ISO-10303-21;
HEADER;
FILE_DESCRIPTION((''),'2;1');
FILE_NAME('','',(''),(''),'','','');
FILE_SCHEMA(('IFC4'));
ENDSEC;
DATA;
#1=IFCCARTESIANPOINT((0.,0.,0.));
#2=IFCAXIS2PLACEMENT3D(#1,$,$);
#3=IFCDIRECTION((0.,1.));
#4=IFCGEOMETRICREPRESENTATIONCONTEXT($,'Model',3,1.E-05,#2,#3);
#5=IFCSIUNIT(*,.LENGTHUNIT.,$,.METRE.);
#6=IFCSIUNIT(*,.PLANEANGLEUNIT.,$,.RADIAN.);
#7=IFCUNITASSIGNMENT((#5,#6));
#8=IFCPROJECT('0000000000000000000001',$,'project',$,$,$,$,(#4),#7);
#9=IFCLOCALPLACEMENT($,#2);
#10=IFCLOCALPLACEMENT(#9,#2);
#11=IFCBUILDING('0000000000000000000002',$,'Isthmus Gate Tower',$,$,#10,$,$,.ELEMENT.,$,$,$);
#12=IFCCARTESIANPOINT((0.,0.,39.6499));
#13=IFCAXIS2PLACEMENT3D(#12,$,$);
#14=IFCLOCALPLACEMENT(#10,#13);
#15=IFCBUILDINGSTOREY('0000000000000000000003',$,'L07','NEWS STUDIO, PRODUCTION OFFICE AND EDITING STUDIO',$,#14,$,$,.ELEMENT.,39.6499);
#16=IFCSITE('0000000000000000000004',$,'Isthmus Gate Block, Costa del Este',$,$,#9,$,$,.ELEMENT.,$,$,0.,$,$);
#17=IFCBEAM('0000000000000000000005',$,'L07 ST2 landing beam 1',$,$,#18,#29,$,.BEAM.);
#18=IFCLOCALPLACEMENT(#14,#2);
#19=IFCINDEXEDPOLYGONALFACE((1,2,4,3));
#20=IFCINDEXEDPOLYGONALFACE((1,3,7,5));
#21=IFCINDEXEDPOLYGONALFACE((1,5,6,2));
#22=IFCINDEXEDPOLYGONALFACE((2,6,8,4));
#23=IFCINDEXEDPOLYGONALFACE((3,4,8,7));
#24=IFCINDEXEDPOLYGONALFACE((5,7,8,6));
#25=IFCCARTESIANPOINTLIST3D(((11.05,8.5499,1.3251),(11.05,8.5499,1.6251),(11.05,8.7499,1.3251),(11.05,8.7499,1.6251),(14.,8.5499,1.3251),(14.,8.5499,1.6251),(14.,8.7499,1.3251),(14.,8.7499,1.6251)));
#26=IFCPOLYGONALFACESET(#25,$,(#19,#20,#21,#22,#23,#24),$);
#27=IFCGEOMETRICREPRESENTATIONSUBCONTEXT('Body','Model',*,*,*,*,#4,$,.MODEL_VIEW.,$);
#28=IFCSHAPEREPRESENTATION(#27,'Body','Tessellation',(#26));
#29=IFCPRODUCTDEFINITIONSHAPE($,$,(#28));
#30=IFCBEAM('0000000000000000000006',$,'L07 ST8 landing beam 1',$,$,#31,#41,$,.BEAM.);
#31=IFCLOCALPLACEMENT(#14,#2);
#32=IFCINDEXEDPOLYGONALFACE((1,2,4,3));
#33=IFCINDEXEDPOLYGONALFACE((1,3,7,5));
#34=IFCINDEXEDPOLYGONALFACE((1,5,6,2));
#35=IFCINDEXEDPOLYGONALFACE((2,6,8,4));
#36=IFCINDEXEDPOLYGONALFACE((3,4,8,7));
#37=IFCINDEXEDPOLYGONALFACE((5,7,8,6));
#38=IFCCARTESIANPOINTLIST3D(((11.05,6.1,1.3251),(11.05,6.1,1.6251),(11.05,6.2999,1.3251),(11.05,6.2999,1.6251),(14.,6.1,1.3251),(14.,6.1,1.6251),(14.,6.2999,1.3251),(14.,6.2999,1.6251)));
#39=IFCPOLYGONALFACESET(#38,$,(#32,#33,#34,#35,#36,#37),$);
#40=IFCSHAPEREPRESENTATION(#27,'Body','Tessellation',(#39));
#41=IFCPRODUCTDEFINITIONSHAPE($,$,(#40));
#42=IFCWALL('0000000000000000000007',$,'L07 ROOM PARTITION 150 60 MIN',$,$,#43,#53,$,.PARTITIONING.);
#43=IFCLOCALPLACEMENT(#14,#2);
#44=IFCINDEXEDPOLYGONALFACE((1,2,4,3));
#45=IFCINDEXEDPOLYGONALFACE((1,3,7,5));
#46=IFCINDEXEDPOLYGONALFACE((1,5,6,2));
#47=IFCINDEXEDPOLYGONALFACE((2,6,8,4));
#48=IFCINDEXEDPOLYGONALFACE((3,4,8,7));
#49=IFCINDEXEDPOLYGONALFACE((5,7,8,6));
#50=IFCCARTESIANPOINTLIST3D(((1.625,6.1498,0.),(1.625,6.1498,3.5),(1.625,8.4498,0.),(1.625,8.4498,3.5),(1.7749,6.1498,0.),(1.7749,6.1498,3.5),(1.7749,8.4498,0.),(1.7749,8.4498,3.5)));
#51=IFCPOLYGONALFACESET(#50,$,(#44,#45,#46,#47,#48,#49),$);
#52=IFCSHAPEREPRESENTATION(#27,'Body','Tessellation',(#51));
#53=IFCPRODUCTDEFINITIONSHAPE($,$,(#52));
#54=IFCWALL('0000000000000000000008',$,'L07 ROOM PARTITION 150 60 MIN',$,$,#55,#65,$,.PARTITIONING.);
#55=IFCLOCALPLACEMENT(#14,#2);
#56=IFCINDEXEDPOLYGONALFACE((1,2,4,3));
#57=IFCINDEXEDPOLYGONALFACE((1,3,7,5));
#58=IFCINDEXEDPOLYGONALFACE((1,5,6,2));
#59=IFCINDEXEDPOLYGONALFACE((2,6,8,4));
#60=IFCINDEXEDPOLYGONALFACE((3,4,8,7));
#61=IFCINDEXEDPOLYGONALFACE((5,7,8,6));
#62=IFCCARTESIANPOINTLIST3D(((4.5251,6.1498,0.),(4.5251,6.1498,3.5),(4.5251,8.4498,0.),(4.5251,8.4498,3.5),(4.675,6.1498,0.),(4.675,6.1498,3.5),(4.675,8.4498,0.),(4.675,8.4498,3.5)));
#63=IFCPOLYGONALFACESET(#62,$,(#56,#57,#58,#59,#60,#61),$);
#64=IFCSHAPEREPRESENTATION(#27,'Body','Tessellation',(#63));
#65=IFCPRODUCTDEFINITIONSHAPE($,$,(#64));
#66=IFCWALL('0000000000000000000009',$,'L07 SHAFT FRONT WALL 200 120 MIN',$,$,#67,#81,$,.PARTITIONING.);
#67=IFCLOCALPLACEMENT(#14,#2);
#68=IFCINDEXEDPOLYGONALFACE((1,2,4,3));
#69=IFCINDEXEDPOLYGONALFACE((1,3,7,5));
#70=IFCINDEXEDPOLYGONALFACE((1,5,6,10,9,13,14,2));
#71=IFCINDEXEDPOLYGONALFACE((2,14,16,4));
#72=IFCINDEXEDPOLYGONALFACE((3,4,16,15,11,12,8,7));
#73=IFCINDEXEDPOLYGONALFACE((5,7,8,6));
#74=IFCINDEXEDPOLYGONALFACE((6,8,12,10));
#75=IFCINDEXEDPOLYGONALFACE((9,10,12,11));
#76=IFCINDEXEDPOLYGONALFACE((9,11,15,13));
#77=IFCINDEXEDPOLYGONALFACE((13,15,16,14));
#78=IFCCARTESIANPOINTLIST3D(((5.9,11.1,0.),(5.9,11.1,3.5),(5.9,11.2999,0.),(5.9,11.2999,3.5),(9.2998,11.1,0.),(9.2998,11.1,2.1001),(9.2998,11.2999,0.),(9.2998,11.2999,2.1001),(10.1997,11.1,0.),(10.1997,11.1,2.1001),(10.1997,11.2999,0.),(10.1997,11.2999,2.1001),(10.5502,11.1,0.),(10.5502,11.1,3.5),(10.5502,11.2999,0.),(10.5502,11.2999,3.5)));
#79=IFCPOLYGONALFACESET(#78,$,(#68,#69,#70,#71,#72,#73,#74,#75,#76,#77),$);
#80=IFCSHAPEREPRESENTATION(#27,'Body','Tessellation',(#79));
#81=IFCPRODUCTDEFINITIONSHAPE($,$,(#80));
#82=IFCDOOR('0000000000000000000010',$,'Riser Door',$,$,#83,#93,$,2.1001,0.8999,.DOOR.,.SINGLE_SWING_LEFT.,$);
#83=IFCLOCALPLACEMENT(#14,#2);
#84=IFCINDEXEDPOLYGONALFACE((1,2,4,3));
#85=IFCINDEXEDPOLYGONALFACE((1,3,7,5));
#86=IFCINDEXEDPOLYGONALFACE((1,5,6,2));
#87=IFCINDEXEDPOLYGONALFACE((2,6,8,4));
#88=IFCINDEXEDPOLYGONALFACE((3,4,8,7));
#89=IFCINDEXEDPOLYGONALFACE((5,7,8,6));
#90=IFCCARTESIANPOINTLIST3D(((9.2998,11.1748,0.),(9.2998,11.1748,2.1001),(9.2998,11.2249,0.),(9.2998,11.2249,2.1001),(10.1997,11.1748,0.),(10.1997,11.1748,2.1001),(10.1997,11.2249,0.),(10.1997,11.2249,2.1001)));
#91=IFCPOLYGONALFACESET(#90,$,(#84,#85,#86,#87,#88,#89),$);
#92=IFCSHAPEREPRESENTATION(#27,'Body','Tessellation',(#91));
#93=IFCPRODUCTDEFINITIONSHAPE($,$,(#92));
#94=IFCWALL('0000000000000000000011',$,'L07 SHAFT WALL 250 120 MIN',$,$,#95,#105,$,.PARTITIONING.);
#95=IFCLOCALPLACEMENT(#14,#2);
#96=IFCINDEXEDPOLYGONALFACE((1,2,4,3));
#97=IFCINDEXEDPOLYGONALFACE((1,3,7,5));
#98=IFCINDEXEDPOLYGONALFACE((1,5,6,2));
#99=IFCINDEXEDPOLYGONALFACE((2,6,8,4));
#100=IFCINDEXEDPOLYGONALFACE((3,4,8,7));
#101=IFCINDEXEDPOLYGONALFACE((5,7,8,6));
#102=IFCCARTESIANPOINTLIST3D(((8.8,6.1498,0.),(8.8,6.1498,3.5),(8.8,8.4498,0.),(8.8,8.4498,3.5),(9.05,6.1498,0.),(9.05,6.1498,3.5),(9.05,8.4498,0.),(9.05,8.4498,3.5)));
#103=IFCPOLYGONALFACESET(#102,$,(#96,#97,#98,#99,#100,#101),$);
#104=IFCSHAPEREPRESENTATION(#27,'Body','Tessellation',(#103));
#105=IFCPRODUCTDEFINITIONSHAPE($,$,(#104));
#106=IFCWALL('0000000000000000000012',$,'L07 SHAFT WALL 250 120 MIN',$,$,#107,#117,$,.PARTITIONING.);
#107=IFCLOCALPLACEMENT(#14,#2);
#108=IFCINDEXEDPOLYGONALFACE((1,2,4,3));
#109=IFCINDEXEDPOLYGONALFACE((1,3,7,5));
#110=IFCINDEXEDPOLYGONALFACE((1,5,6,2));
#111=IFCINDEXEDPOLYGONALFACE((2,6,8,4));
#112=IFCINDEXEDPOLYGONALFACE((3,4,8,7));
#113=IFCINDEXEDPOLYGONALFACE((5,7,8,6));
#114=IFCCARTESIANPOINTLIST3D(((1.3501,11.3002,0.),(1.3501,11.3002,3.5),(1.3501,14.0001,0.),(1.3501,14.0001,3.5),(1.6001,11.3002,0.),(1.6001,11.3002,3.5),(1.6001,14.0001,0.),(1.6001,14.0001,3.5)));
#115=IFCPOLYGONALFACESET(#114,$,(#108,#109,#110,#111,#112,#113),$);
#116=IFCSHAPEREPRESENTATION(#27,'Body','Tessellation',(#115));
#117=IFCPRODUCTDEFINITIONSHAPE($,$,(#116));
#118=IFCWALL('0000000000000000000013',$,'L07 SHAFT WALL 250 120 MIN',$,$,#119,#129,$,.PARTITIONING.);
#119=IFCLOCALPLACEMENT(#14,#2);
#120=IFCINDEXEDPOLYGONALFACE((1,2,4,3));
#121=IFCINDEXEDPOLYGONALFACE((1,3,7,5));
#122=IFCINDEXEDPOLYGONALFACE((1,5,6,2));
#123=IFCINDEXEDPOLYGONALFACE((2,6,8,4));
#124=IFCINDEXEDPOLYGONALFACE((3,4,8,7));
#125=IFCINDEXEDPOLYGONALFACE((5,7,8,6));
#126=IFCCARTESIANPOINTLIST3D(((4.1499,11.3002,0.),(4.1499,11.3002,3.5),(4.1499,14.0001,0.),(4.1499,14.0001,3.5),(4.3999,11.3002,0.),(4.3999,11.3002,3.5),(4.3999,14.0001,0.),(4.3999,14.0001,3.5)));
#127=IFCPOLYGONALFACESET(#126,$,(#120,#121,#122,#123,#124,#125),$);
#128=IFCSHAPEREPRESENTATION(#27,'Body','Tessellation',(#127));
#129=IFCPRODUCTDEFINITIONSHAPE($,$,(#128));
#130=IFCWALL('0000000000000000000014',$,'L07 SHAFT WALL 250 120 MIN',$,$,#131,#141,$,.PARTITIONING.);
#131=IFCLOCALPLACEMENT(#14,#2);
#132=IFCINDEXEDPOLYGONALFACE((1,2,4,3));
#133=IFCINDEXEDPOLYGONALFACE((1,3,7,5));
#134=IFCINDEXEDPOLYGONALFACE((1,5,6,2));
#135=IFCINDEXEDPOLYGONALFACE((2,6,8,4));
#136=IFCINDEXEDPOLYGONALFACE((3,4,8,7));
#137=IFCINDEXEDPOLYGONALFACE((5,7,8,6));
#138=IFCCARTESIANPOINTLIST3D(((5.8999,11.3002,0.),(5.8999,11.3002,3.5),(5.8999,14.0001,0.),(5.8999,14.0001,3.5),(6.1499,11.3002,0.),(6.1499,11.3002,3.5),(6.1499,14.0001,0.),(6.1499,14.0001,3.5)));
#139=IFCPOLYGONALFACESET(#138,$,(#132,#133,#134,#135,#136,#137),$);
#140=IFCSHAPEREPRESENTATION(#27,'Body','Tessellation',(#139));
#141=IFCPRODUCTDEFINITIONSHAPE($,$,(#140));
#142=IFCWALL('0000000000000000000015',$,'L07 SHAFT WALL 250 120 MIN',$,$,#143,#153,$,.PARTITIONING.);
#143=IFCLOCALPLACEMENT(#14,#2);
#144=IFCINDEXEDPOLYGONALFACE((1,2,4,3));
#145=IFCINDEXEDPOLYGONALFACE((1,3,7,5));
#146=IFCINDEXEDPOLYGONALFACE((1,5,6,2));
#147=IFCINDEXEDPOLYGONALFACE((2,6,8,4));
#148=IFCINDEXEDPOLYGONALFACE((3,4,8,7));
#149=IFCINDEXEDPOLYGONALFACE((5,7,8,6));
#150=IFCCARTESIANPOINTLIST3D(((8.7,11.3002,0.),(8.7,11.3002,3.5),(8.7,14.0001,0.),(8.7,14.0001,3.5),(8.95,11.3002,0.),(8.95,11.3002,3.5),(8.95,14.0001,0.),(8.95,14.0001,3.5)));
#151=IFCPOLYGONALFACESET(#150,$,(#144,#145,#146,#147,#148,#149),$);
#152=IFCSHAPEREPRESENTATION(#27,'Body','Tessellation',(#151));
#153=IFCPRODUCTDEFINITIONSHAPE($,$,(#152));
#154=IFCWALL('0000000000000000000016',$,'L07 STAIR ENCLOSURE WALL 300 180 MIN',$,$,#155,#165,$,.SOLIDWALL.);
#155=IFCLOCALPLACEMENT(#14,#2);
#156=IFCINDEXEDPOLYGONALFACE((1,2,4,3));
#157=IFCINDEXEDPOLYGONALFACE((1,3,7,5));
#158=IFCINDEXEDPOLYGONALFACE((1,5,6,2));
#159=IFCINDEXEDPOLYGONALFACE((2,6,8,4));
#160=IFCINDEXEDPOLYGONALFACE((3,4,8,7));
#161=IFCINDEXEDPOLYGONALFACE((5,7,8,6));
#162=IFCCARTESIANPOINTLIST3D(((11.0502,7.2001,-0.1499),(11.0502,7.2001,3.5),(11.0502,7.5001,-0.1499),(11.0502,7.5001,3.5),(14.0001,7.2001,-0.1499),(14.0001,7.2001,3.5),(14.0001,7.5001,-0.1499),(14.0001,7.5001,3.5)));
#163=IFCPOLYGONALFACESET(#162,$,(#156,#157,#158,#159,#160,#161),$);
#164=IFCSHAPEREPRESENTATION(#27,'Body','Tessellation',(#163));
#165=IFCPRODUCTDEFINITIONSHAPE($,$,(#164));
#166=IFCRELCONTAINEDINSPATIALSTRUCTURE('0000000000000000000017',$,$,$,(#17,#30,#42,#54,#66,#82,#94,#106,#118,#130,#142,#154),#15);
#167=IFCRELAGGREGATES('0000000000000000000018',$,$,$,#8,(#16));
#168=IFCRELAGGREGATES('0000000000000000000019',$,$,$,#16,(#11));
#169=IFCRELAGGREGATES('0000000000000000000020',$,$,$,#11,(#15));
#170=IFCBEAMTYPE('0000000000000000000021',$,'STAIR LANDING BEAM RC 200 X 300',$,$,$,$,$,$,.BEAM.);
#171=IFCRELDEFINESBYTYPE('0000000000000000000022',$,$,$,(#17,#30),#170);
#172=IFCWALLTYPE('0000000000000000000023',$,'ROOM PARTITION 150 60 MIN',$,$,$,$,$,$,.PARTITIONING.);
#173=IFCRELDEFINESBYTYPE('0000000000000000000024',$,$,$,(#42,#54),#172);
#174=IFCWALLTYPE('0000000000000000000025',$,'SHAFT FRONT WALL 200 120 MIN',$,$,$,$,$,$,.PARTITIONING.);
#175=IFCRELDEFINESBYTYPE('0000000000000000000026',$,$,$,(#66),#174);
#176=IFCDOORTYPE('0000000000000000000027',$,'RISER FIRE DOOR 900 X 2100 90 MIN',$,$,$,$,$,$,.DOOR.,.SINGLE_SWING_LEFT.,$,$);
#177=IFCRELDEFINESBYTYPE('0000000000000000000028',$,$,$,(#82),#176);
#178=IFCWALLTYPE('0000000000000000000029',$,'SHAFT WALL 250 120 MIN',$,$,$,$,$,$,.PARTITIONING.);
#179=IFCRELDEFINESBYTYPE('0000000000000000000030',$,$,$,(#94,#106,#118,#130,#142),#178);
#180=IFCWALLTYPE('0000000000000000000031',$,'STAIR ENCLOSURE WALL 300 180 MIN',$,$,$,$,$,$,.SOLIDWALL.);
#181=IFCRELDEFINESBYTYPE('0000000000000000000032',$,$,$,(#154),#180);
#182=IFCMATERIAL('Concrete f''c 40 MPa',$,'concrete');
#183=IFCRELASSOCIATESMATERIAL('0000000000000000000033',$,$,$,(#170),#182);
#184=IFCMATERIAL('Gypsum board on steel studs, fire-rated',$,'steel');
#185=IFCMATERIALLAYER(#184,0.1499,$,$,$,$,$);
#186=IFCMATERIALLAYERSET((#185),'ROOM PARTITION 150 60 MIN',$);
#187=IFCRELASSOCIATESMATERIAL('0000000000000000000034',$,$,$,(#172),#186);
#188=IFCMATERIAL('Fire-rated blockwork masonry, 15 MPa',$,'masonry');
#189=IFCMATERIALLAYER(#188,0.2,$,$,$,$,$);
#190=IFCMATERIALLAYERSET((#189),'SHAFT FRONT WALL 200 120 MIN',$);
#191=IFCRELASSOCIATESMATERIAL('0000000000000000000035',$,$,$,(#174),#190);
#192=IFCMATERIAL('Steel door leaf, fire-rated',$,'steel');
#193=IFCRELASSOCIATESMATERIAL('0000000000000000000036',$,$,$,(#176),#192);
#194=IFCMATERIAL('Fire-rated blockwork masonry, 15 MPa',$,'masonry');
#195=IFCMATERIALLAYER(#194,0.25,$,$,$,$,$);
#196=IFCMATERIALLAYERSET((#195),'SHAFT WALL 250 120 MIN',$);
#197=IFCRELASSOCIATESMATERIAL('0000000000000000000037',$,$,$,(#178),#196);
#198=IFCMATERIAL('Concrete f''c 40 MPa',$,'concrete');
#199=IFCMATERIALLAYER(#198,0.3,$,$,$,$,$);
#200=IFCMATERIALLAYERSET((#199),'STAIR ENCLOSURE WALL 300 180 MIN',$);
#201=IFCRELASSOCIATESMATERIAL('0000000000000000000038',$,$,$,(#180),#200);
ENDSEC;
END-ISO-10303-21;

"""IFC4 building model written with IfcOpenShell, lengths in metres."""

from ifc_helpers import new_model, si_unit, direction, frame, frame_2d, origin, origin_2d, place, context, subcontext, project, spatial, rectangle, extrude, material, layer, layer_set, material_profile, profile_set, type_object, element, fill, save


model = new_model("IFC4")

# Units and contexts
model_context = context("Model", 3, precision=1e-05, world=origin(), true_north=direction((0.0, 1.0)))
body_context = subcontext(model_context, "Body", "Model", "MODEL_VIEW")
ifc_project = project(units=[si_unit("LENGTHUNIT", "METRE"), si_unit("PLANEANGLEUNIT", "RADIAN")], contexts=[model_context])

# Site, building, storey
site_placement = place(None, origin())
site = spatial("IfcSite", under=ifc_project, at=site_placement, Name="Isthmus Gate Block, Costa del Este", CompositionType="ELEMENT", RefElevation=0.0)
building_placement = place(site_placement, origin())
building = spatial("IfcBuilding", under=site, at=building_placement, Name="Isthmus Gate Tower", CompositionType="ELEMENT")
storey_placement = place(building_placement, frame((0.0, 0.0, 39.6499)))
storey = spatial("IfcBuildingStorey", under=building, at=storey_placement, Name="L07", Description="NEWS STUDIO, PRODUCTION OFFICE AND EDITING STUDIO", CompositionType="ELEMENT", Elevation=39.6499)

# Beams
ifc_material_1 = material(Name="Concrete f'c 40 MPa", Category="concrete")
ifc_material_profile = material_profile(ifc_material_1, rectangle(XDim=0.2, YDim=0.3, at=origin_2d()), Name="STAIR LANDING BEAM RC 200 X 300")
ifc_profile_set = profile_set([ifc_material_profile], Name="Concrete f'c 40 MPa")
beam_type = type_object("IfcBeamType", Name="STAIR LANDING BEAM RC 200 X 300", PredefinedType="BEAM", material=ifc_profile_set)
for number, where, z_axis, x_axis, name in (
    (1, (11.05, 8.6499, 1.4751), (1.0, 0.0, 0.0), (0.0, 1.0, 0.0), "L07 ST2 landing beam 1"),
    (2, (11.05, 6.2, 1.4751), (1.0, 0.0, 0.0), (0.0, 1.0, 0.0), "L07 ST8 landing beam 1"),
):
    element("IfcBeam", number, at=place(storey_placement, frame(where, z_axis=z_axis, x_axis=x_axis)), inside=storey, type_object=beam_type, Name=name, PredefinedType="BEAM", context=body_context, shape_type="SweptSolid", body=[
        extrude(rectangle(XDim=0.2, YDim=0.3, at=origin_2d()), origin(), (0.0, 0.0, 1.0), 2.95),
    ])

# Walls
ifc_material_2 = material(Name="Gypsum board on steel studs, fire-rated", Category="steel")
ifc_layer_1 = layer(ifc_material_2, 0.1499)
ifc_layer_set_1 = layer_set([ifc_layer_1], Name="ROOM PARTITION 150 60 MIN")
wall_type_1 = type_object("IfcWallType", Name="ROOM PARTITION 150 60 MIN", PredefinedType="PARTITIONING", material=ifc_layer_set_1)
for number, where, z_axis, x_axis, name in (
    (3, (1.7, 6.1499, 0.0), (0.0, 0.0, 1.0), (0.0, 1.0, 0.0), "L07 ROOM PARTITION 150 60 MIN"),
    (4, (4.6001, 6.1499, 0.0), (0.0, 0.0, 1.0), (0.0, 1.0, 0.0), "L07 ROOM PARTITION 150 60 MIN"),
):
    element("IfcWall", number, at=place(storey_placement, frame(where, z_axis=z_axis, x_axis=x_axis)), inside=storey, type_object=wall_type_1, Name=name, PredefinedType="PARTITIONING", context=body_context, shape_type="SweptSolid", body=[
        extrude(rectangle(XDim=2.3, YDim=0.1499, at=frame_2d((1.1499, 0.0))), origin(), (0.0, 0.0, 1.0), 3.5),
    ])

# Wall, opening, door
ifc_material_3 = material(Name="Fire-rated blockwork masonry, 15 MPa", Category="masonry")
ifc_layer_2 = layer(ifc_material_3, 0.2)
ifc_layer_set_2 = layer_set([ifc_layer_2], Name="SHAFT FRONT WALL 200 120 MIN")
wall_type_2 = type_object("IfcWallType", Name="SHAFT FRONT WALL 200 120 MIN", PredefinedType="PARTITIONING", material=ifc_layer_set_2)
wall_1_placement = place(storey_placement, frame((5.8999, 11.2, 0.0), z_axis=(0.0, 0.0, 1.0), x_axis=(1.0, 0.0, 0.0)))
wall_1 = element("IfcWall", 5, at=wall_1_placement, inside=storey, type_object=wall_type_2, Name="L07 SHAFT FRONT WALL 200 120 MIN", PredefinedType="PARTITIONING", context=body_context, shape_type="SweptSolid", body=[
    extrude(rectangle(XDim=4.6501, YDim=0.2, at=frame_2d((2.3252, 0.0))), origin(), (0.0, 0.0, 1.0), 3.5),
])
opening_placement = place(wall_1_placement, frame((3.3999, 0.0, 0.0)))
opening = element("IfcOpeningElement", 6, at=opening_placement, cuts=wall_1, PredefinedType="OPENING", context=body_context, shape_type="SweptSolid", body=[
    extrude(rectangle(XDim=0.8999, YDim=2.1001, at=frame_2d((0.45, 1.05))), frame((0.0, 0.1099, 0.0), z_axis=(0.0, -1.0, 0.0), x_axis=(1.0, 0.0, 0.0)), (0.0, 0.0, 1.0), 0.22),
])
ifc_material_4 = material(Name="Steel door leaf, fire-rated", Category="steel")
door_type = type_object("IfcDoorType", Name="RISER FIRE DOOR 900 X 2100 90 MIN", OperationType="SINGLE_SWING_LEFT", PredefinedType="DOOR", material=ifc_material_4)
door_placement = place(opening_placement, origin())
door = element("IfcDoor", 7, at=door_placement, inside=storey, type_object=door_type, Name="Riser Door", OperationType="SINGLE_SWING_LEFT", OverallHeight=2.1001, OverallWidth=0.8999, PredefinedType="DOOR", context=body_context, shape_type="SweptSolid", body=[
    extrude(rectangle(XDim=0.8999, YDim=2.1001, at=frame_2d((0.45, 1.05))), frame((0.0, 0.0249, 0.0), z_axis=(0.0, -1.0, 0.0), x_axis=(1.0, 0.0, 0.0)), (0.0, 0.0, 1.0), 0.05),
])
fill(opening, door)

# Walls
ifc_material_5 = material(Name="Fire-rated blockwork masonry, 15 MPa", Category="masonry")
ifc_layer_3 = layer(ifc_material_5, 0.25)
ifc_layer_set_3 = layer_set([ifc_layer_3], Name="SHAFT WALL 250 120 MIN")
wall_type_3 = type_object("IfcWallType", Name="SHAFT WALL 250 120 MIN", PredefinedType="PARTITIONING", material=ifc_layer_set_3)
wall_2_placement = place(storey_placement, frame((8.925, 6.1499, 0.0), z_axis=(0.0, 0.0, 1.0), x_axis=(0.0, 1.0, 0.0)))
element("IfcWall", 8, at=wall_2_placement, inside=storey, type_object=wall_type_3, Name="L07 SHAFT WALL 250 120 MIN", PredefinedType="PARTITIONING", context=body_context, shape_type="SweptSolid", body=[
    extrude(rectangle(XDim=2.3, YDim=0.25, at=frame_2d((1.1499, 0.0))), origin(), (0.0, 0.0, 1.0), 3.5),
])
for number, where, z_axis, x_axis, name in (
    (9, (1.4751, 11.3, 0.0), (0.0, 0.0, 1.0), (0.0, 1.0, 0.0), "L07 SHAFT WALL 250 120 MIN"),
    (10, (4.2749, 11.3, 0.0), (0.0, 0.0, 1.0), (0.0, 1.0, 0.0), "L07 SHAFT WALL 250 120 MIN"),
    (11, (6.0249, 11.3, 0.0), (0.0, 0.0, 1.0), (0.0, 1.0, 0.0), "L07 SHAFT WALL 250 120 MIN"),
    (12, (8.825, 11.3, 0.0), (0.0, 0.0, 1.0), (0.0, 1.0, 0.0), "L07 SHAFT WALL 250 120 MIN"),
):
    element("IfcWall", number, at=place(storey_placement, frame(where, z_axis=z_axis, x_axis=x_axis)), inside=storey, type_object=wall_type_3, Name=name, PredefinedType="PARTITIONING", context=body_context, shape_type="SweptSolid", body=[
        extrude(rectangle(XDim=2.7, YDim=0.25, at=frame_2d((1.3501, 0.0))), origin(), (0.0, 0.0, 1.0), 3.5),
    ])
ifc_material_6 = material(Name="Concrete f'c 40 MPa", Category="concrete")
ifc_layer_4 = layer(ifc_material_6, 0.3)
ifc_layer_set_4 = layer_set([ifc_layer_4], Name="STAIR ENCLOSURE WALL 300 180 MIN")
wall_type_4 = type_object("IfcWallType", Name="STAIR ENCLOSURE WALL 300 180 MIN", PredefinedType="SOLIDWALL", material=ifc_layer_set_4)
wall_3_placement = place(storey_placement, frame((11.05, 7.3501, -0.1499), z_axis=(0.0, 0.0, 1.0), x_axis=(1.0, 0.0, 0.0)))
element("IfcWall", 13, at=wall_3_placement, inside=storey, type_object=wall_type_4, Name="L07 STAIR ENCLOSURE WALL 300 180 MIN", PredefinedType="SOLIDWALL", context=body_context, shape_type="SweptSolid", body=[
    extrude(rectangle(XDim=2.95, YDim=0.3, at=frame_2d((1.4751, 0.0))), origin(), (0.0, 0.0, 1.0), 3.6499),
])

save(model, "model.ifc")
